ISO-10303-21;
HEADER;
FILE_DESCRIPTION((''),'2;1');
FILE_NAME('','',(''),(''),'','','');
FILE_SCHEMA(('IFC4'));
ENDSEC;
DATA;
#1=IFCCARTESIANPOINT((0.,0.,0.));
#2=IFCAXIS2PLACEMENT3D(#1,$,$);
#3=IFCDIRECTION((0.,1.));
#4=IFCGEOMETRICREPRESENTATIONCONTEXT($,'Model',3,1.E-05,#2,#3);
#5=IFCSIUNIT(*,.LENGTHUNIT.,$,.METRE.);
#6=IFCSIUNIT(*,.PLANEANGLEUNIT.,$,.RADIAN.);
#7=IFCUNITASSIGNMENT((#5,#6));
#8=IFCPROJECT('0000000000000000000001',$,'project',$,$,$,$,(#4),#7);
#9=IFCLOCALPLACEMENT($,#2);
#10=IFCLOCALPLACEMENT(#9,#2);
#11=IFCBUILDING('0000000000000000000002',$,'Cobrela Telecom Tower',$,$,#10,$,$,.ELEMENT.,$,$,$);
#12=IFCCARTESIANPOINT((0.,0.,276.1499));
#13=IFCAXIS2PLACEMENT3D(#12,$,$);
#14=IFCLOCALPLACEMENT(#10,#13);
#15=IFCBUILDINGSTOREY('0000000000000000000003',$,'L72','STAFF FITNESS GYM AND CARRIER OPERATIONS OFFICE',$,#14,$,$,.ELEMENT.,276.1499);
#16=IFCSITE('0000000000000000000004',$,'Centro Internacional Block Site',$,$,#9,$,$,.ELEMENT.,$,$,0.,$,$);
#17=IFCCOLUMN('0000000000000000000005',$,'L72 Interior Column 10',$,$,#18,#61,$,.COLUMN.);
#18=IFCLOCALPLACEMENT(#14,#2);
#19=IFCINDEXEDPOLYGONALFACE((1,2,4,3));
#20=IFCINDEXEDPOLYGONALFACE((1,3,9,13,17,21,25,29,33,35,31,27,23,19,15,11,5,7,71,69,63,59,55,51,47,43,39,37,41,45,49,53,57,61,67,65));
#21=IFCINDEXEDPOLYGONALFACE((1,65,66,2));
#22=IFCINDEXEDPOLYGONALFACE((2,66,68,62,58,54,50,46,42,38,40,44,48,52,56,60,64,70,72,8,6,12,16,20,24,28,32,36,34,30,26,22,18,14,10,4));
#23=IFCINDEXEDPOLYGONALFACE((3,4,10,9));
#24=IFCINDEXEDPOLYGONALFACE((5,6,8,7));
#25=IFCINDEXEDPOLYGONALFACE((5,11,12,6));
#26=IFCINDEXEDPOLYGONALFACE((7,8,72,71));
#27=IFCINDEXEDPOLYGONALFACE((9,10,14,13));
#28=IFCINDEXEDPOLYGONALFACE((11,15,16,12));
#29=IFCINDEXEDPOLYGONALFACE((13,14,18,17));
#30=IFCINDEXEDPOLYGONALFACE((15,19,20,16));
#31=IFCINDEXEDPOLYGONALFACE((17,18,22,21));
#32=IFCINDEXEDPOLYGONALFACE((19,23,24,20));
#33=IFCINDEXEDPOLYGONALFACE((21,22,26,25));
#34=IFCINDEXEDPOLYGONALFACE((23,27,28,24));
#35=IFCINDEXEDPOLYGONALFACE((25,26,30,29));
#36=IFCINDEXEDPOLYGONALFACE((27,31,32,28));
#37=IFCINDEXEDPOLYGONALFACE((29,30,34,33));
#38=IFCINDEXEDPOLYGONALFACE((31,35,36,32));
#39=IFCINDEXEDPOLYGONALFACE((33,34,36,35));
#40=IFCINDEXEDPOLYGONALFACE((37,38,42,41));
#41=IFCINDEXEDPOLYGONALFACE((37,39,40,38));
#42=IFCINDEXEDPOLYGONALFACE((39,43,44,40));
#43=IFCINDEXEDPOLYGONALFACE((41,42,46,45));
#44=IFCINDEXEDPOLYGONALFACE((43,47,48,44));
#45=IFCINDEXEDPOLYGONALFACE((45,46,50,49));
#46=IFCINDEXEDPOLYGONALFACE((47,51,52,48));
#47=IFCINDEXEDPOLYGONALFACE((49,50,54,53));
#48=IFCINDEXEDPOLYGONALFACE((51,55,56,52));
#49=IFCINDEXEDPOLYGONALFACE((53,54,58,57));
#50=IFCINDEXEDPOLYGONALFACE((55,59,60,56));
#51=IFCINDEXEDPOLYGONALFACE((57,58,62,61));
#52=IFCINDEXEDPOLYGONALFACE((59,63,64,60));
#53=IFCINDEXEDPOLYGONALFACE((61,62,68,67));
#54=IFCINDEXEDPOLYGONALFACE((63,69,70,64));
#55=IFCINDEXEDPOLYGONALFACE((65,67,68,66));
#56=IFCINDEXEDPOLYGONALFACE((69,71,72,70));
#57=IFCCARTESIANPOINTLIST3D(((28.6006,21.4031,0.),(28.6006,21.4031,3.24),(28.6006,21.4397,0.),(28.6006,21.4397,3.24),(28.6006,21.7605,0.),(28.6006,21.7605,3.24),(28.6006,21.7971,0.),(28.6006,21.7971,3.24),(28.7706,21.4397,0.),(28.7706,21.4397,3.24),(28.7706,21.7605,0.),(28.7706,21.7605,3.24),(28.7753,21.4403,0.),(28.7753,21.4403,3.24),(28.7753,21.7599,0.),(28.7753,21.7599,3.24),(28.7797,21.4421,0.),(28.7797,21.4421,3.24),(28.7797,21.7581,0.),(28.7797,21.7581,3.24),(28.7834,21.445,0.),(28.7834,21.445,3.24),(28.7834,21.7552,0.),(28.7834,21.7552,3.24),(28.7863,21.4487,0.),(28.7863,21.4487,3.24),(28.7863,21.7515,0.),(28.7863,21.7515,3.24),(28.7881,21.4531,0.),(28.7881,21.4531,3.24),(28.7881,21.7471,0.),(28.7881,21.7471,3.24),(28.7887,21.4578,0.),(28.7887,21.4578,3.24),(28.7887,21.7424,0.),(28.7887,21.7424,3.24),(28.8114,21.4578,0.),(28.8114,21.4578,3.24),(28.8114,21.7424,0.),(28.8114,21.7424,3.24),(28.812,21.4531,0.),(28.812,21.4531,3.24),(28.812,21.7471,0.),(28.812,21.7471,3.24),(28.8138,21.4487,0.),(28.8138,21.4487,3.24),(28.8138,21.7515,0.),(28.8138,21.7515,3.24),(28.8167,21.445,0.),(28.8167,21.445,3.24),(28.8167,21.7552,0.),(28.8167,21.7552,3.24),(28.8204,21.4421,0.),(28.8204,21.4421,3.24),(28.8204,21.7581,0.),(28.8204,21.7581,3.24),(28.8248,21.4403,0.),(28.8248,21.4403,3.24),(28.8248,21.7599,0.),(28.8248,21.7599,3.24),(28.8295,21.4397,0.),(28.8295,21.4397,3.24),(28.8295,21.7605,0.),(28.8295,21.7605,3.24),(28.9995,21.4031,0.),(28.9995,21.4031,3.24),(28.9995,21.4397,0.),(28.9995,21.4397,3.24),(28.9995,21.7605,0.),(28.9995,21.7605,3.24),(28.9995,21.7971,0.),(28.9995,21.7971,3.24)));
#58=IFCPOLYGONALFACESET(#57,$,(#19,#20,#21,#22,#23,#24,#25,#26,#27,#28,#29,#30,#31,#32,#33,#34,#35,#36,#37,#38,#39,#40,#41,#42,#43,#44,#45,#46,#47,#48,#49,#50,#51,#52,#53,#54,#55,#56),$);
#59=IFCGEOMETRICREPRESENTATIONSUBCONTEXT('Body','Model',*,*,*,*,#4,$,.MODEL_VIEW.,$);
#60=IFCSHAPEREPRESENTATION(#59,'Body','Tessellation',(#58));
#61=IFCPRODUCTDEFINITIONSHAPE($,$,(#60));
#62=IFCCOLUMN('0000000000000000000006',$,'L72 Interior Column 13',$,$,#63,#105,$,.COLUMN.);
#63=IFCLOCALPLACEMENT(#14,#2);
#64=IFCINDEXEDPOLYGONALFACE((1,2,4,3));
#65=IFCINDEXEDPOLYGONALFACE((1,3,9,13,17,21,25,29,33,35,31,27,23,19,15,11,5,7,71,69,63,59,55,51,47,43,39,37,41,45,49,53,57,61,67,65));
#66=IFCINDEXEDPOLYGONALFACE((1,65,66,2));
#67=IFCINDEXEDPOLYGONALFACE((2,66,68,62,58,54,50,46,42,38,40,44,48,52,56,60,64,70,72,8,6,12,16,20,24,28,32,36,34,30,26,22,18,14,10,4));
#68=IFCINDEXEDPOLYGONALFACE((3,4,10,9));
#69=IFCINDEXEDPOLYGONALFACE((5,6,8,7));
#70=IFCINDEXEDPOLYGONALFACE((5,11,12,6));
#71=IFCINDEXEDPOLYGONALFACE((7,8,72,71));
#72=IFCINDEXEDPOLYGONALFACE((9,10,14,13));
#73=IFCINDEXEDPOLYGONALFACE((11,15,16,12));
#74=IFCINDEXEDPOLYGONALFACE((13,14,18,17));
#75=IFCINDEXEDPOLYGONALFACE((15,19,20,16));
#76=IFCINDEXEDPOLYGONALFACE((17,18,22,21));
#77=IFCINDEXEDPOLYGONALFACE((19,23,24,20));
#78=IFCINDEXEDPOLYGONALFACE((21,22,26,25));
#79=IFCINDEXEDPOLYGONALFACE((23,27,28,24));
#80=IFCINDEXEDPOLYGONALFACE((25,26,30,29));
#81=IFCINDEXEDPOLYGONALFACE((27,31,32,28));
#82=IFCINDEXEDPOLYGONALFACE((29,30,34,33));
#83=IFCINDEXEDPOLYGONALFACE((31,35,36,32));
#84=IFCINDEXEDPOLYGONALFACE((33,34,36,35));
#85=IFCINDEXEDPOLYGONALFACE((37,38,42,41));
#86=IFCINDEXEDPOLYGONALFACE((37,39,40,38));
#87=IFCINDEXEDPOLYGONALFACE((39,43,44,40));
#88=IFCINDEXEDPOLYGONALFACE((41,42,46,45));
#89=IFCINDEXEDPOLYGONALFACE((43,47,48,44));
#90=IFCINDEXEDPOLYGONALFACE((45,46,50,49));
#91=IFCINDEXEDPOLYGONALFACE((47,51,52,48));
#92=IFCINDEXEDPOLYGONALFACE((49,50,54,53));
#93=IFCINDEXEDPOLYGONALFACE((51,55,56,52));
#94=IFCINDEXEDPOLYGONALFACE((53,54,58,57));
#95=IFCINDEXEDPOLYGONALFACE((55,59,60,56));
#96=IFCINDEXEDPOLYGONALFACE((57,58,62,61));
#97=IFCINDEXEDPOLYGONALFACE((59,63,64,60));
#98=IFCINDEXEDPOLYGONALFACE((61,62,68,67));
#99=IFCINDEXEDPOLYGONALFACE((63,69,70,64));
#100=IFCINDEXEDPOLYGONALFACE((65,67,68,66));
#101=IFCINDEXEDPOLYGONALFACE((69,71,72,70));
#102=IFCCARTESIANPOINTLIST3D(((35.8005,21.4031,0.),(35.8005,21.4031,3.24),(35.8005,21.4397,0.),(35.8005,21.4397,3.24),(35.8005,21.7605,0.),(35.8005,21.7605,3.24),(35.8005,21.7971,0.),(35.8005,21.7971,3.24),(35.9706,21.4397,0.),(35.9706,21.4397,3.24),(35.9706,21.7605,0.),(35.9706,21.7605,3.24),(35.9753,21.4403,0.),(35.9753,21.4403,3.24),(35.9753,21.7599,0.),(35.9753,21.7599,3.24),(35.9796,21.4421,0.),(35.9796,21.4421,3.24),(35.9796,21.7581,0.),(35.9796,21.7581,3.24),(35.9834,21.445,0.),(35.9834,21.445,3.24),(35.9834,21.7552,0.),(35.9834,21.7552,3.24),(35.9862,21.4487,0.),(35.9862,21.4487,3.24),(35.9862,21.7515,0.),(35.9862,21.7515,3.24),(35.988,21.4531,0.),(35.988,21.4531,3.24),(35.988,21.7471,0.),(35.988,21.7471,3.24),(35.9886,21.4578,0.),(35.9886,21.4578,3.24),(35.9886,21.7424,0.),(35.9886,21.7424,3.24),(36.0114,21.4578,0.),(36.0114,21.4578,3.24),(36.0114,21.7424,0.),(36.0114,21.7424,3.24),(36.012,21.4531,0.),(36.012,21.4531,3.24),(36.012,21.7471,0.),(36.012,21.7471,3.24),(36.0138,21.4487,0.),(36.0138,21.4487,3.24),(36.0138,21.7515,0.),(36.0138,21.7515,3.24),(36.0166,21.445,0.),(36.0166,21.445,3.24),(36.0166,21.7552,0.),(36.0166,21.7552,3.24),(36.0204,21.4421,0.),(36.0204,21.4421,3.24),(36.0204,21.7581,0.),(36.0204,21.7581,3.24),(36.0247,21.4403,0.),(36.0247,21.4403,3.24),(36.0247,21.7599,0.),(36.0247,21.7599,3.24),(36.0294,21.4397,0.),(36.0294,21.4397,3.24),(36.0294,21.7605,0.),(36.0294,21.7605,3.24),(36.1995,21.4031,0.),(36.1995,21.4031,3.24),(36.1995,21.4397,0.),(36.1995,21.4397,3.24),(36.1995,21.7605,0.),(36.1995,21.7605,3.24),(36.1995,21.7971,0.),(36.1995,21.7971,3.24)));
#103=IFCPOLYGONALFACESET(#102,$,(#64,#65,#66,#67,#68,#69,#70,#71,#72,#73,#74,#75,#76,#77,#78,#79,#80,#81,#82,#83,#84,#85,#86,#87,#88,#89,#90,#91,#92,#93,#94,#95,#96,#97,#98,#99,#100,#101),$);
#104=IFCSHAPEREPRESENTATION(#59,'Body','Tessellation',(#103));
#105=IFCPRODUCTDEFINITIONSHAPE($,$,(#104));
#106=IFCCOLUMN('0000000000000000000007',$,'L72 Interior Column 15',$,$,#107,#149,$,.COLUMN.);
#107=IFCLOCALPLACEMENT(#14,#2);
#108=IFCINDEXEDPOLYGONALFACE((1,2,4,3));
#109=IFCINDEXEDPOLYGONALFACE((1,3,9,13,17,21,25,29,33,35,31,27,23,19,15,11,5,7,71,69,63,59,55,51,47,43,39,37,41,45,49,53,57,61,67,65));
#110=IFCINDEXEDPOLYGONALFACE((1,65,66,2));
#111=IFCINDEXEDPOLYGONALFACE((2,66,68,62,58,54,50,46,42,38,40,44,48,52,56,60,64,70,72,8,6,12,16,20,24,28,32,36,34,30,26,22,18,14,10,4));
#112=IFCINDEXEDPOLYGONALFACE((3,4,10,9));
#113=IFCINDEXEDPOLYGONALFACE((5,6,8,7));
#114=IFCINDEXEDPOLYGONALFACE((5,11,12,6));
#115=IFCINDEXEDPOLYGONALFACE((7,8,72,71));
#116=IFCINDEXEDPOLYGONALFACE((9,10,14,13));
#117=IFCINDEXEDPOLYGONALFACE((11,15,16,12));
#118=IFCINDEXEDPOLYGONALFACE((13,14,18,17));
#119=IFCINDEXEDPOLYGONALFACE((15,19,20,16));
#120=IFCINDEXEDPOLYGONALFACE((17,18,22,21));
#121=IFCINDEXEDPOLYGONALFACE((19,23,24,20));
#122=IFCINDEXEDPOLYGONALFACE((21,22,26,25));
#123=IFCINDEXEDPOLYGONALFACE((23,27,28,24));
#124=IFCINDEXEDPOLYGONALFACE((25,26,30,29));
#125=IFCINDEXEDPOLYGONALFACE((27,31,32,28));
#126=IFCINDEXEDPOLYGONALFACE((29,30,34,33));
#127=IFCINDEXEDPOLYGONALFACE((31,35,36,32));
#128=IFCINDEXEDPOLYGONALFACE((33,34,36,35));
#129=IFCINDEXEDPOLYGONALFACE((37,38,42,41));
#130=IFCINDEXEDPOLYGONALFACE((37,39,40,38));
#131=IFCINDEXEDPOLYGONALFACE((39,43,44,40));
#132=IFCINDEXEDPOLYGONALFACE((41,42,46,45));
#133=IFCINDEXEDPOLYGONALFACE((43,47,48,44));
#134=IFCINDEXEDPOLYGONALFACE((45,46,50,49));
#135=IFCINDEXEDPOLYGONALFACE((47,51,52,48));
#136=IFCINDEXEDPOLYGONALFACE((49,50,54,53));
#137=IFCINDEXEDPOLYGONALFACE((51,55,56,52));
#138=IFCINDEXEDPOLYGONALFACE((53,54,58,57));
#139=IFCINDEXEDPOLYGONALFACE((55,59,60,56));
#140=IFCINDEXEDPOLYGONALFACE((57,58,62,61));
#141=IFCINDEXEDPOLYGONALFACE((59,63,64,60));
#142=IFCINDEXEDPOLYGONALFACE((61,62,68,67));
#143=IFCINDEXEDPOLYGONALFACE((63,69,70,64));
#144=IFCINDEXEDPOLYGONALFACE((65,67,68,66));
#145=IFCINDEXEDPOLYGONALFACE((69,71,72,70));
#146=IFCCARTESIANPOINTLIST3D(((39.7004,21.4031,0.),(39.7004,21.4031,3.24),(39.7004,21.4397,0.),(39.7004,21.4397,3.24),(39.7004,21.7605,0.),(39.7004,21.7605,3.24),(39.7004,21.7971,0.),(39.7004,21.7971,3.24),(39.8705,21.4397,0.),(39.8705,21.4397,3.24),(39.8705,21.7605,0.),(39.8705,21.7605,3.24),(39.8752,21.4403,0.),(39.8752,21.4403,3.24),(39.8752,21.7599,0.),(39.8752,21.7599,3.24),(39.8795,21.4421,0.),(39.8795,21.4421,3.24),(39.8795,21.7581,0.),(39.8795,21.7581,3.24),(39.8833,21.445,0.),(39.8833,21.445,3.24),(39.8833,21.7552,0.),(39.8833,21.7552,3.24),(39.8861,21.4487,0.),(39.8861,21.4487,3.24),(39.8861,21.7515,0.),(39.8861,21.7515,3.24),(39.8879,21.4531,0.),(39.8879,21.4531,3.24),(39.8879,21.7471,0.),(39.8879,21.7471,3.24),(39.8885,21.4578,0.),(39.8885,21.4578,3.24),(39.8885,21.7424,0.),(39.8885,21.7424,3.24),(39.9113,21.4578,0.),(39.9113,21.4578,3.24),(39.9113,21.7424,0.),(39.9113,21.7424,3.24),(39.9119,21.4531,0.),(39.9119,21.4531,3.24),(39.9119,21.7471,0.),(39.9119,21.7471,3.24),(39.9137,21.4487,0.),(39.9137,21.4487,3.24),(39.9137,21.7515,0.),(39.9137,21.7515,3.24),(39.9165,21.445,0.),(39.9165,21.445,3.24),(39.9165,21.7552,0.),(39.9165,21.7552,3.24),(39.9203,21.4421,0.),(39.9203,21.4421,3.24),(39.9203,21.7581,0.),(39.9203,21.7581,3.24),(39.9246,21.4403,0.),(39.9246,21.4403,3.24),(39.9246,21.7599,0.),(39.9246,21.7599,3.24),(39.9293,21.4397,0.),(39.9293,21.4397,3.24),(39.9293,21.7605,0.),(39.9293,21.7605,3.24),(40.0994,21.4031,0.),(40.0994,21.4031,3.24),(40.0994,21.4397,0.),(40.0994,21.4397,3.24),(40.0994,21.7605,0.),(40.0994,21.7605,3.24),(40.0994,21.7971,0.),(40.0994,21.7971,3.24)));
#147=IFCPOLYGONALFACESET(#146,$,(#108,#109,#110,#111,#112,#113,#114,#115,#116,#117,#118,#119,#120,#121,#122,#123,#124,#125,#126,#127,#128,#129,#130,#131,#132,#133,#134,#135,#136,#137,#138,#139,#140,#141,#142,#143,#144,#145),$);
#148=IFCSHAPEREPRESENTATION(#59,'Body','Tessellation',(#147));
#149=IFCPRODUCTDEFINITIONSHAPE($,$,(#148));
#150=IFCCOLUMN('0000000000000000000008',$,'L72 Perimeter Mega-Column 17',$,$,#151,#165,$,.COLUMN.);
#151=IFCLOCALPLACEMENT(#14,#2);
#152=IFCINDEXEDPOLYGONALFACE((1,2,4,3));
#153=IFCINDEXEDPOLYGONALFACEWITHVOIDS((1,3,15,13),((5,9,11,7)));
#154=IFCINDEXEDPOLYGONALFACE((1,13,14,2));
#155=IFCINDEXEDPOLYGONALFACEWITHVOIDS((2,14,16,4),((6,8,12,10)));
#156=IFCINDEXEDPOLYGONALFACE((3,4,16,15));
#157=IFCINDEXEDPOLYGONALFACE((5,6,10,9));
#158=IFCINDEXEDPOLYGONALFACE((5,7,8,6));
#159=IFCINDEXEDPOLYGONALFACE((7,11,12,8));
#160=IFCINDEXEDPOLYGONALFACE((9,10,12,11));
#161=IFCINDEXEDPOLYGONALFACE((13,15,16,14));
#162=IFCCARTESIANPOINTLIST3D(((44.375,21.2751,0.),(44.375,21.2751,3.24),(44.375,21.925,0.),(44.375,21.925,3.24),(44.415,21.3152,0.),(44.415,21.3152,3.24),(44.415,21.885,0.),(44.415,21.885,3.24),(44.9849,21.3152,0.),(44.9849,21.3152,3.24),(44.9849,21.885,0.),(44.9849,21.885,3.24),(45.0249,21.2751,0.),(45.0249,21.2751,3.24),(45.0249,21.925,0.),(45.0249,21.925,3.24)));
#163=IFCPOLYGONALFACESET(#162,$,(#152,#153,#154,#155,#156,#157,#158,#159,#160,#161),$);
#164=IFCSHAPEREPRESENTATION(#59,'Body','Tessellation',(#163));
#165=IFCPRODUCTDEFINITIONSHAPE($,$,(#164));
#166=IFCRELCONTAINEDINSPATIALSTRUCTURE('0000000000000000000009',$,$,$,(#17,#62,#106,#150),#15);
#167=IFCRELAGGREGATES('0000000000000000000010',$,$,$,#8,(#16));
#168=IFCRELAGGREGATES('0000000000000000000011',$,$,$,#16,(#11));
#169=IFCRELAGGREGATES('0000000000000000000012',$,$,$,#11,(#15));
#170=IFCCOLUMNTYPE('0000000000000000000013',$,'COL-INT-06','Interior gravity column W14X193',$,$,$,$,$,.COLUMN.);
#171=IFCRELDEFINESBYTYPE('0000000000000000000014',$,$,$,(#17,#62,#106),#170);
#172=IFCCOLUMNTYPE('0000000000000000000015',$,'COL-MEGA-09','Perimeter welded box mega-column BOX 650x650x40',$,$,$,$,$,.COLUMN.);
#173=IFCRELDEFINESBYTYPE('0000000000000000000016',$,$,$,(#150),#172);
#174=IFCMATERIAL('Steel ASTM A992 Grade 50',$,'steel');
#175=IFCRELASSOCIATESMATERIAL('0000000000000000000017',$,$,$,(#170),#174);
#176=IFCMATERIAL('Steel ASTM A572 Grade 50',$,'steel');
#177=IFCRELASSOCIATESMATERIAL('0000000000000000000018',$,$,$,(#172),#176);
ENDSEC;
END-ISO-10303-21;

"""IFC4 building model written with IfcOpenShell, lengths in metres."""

from ifc_helpers import new_model, si_unit, direction, frame, origin, origin_2d, place, context, subcontext, project, spatial, hollow_rectangle, i_section, extrude, material, material_profile, profile_set, type_object, element, save


model = new_model("IFC4")

# Units and contexts
model_context = context("Model", 3, precision=1e-05, world=origin(), true_north=direction((0.0, 1.0)))
body_context = subcontext(model_context, "Body", "Model", "MODEL_VIEW")
ifc_project = project(units=[si_unit("LENGTHUNIT", "METRE"), si_unit("PLANEANGLEUNIT", "RADIAN")], contexts=[model_context])

# Site, building, storey
site_placement = place(None, origin())
site = spatial("IfcSite", under=ifc_project, at=site_placement, Name="Centro Internacional Block Site", CompositionType="ELEMENT", RefElevation=0.0)
building_placement = place(site_placement, origin())
building = spatial("IfcBuilding", under=site, at=building_placement, Name="Cobrela Telecom Tower", CompositionType="ELEMENT")
storey_placement = place(building_placement, frame((0.0, 0.0, 276.1499)))
storey = spatial("IfcBuildingStorey", under=building, at=storey_placement, Name="L72", Description="STAFF FITNESS GYM AND CARRIER OPERATIONS OFFICE", CompositionType="ELEMENT", Elevation=276.1499)

# Columns
ifc_material_1 = material(Name="Steel ASTM A992 Grade 50", Category="steel")
ifc_material_profile_1 = material_profile(ifc_material_1, i_section(OverallWidth=0.3989, OverallDepth=0.394, WebThickness=0.0227, FlangeThickness=0.0366, FilletRadius=0.0181, at=origin_2d()), Name="W14X193")
ifc_profile_set_1 = profile_set([ifc_material_profile_1], Name="Steel ASTM A992 Grade 50")
column_type_1 = type_object("IfcColumnType", Name="COL-INT-06", Description="Interior gravity column W14X193", PredefinedType="COLUMN", material=ifc_profile_set_1)
for number, where, z_axis, x_axis, name in (
    (1, (28.8, 21.6001, 0.0), (0.0, 0.0, 1.0), (1.0, 0.0, 0.0), "L72 Interior Column 10"),
    (2, (36.0, 21.6001, 0.0), (0.0, 0.0, 1.0), (1.0, 0.0, 0.0), "L72 Interior Column 13"),
    (3, (39.8999, 21.6001, 0.0), (0.0, 0.0, 1.0), (1.0, 0.0, 0.0), "L72 Interior Column 15"),
):
    element("IfcColumn", number, at=place(storey_placement, frame(where, z_axis=z_axis, x_axis=x_axis)), inside=storey, type_object=column_type_1, Name=name, PredefinedType="COLUMN", context=body_context, shape_type="SweptSolid", body=[
        extrude(i_section(OverallWidth=0.3989, OverallDepth=0.394, WebThickness=0.0227, FlangeThickness=0.0366, FilletRadius=0.0181, at=origin_2d()), origin(), (0.0, 0.0, 1.0), 3.24),
    ])
ifc_material_2 = material(Name="Steel ASTM A572 Grade 50", Category="steel")
ifc_material_profile_2 = material_profile(ifc_material_2, hollow_rectangle(XDim=0.6499, YDim=0.6499, WallThickness=0.04, at=origin_2d()), Name="BOX 650x650x40")
ifc_profile_set_2 = profile_set([ifc_material_profile_2], Name="Steel ASTM A572 Grade 50")
column_type_2 = type_object("IfcColumnType", Name="COL-MEGA-09", Description="Perimeter welded box mega-column BOX 650x650x40", PredefinedType="COLUMN", material=ifc_profile_set_2)
column_placement = place(storey_placement, frame((44.7, 21.6001, 0.0), z_axis=(0.0, 0.0, 1.0), x_axis=(1.0, 0.0, 0.0)))
element("IfcColumn", 4, at=column_placement, inside=storey, type_object=column_type_2, Name="L72 Perimeter Mega-Column 17", PredefinedType="COLUMN", context=body_context, shape_type="SweptSolid", body=[
    extrude(hollow_rectangle(XDim=0.6499, YDim=0.6499, WallThickness=0.04, at=origin_2d()), origin(), (0.0, 0.0, 1.0), 3.24),
])

save(model, "model.ifc")
